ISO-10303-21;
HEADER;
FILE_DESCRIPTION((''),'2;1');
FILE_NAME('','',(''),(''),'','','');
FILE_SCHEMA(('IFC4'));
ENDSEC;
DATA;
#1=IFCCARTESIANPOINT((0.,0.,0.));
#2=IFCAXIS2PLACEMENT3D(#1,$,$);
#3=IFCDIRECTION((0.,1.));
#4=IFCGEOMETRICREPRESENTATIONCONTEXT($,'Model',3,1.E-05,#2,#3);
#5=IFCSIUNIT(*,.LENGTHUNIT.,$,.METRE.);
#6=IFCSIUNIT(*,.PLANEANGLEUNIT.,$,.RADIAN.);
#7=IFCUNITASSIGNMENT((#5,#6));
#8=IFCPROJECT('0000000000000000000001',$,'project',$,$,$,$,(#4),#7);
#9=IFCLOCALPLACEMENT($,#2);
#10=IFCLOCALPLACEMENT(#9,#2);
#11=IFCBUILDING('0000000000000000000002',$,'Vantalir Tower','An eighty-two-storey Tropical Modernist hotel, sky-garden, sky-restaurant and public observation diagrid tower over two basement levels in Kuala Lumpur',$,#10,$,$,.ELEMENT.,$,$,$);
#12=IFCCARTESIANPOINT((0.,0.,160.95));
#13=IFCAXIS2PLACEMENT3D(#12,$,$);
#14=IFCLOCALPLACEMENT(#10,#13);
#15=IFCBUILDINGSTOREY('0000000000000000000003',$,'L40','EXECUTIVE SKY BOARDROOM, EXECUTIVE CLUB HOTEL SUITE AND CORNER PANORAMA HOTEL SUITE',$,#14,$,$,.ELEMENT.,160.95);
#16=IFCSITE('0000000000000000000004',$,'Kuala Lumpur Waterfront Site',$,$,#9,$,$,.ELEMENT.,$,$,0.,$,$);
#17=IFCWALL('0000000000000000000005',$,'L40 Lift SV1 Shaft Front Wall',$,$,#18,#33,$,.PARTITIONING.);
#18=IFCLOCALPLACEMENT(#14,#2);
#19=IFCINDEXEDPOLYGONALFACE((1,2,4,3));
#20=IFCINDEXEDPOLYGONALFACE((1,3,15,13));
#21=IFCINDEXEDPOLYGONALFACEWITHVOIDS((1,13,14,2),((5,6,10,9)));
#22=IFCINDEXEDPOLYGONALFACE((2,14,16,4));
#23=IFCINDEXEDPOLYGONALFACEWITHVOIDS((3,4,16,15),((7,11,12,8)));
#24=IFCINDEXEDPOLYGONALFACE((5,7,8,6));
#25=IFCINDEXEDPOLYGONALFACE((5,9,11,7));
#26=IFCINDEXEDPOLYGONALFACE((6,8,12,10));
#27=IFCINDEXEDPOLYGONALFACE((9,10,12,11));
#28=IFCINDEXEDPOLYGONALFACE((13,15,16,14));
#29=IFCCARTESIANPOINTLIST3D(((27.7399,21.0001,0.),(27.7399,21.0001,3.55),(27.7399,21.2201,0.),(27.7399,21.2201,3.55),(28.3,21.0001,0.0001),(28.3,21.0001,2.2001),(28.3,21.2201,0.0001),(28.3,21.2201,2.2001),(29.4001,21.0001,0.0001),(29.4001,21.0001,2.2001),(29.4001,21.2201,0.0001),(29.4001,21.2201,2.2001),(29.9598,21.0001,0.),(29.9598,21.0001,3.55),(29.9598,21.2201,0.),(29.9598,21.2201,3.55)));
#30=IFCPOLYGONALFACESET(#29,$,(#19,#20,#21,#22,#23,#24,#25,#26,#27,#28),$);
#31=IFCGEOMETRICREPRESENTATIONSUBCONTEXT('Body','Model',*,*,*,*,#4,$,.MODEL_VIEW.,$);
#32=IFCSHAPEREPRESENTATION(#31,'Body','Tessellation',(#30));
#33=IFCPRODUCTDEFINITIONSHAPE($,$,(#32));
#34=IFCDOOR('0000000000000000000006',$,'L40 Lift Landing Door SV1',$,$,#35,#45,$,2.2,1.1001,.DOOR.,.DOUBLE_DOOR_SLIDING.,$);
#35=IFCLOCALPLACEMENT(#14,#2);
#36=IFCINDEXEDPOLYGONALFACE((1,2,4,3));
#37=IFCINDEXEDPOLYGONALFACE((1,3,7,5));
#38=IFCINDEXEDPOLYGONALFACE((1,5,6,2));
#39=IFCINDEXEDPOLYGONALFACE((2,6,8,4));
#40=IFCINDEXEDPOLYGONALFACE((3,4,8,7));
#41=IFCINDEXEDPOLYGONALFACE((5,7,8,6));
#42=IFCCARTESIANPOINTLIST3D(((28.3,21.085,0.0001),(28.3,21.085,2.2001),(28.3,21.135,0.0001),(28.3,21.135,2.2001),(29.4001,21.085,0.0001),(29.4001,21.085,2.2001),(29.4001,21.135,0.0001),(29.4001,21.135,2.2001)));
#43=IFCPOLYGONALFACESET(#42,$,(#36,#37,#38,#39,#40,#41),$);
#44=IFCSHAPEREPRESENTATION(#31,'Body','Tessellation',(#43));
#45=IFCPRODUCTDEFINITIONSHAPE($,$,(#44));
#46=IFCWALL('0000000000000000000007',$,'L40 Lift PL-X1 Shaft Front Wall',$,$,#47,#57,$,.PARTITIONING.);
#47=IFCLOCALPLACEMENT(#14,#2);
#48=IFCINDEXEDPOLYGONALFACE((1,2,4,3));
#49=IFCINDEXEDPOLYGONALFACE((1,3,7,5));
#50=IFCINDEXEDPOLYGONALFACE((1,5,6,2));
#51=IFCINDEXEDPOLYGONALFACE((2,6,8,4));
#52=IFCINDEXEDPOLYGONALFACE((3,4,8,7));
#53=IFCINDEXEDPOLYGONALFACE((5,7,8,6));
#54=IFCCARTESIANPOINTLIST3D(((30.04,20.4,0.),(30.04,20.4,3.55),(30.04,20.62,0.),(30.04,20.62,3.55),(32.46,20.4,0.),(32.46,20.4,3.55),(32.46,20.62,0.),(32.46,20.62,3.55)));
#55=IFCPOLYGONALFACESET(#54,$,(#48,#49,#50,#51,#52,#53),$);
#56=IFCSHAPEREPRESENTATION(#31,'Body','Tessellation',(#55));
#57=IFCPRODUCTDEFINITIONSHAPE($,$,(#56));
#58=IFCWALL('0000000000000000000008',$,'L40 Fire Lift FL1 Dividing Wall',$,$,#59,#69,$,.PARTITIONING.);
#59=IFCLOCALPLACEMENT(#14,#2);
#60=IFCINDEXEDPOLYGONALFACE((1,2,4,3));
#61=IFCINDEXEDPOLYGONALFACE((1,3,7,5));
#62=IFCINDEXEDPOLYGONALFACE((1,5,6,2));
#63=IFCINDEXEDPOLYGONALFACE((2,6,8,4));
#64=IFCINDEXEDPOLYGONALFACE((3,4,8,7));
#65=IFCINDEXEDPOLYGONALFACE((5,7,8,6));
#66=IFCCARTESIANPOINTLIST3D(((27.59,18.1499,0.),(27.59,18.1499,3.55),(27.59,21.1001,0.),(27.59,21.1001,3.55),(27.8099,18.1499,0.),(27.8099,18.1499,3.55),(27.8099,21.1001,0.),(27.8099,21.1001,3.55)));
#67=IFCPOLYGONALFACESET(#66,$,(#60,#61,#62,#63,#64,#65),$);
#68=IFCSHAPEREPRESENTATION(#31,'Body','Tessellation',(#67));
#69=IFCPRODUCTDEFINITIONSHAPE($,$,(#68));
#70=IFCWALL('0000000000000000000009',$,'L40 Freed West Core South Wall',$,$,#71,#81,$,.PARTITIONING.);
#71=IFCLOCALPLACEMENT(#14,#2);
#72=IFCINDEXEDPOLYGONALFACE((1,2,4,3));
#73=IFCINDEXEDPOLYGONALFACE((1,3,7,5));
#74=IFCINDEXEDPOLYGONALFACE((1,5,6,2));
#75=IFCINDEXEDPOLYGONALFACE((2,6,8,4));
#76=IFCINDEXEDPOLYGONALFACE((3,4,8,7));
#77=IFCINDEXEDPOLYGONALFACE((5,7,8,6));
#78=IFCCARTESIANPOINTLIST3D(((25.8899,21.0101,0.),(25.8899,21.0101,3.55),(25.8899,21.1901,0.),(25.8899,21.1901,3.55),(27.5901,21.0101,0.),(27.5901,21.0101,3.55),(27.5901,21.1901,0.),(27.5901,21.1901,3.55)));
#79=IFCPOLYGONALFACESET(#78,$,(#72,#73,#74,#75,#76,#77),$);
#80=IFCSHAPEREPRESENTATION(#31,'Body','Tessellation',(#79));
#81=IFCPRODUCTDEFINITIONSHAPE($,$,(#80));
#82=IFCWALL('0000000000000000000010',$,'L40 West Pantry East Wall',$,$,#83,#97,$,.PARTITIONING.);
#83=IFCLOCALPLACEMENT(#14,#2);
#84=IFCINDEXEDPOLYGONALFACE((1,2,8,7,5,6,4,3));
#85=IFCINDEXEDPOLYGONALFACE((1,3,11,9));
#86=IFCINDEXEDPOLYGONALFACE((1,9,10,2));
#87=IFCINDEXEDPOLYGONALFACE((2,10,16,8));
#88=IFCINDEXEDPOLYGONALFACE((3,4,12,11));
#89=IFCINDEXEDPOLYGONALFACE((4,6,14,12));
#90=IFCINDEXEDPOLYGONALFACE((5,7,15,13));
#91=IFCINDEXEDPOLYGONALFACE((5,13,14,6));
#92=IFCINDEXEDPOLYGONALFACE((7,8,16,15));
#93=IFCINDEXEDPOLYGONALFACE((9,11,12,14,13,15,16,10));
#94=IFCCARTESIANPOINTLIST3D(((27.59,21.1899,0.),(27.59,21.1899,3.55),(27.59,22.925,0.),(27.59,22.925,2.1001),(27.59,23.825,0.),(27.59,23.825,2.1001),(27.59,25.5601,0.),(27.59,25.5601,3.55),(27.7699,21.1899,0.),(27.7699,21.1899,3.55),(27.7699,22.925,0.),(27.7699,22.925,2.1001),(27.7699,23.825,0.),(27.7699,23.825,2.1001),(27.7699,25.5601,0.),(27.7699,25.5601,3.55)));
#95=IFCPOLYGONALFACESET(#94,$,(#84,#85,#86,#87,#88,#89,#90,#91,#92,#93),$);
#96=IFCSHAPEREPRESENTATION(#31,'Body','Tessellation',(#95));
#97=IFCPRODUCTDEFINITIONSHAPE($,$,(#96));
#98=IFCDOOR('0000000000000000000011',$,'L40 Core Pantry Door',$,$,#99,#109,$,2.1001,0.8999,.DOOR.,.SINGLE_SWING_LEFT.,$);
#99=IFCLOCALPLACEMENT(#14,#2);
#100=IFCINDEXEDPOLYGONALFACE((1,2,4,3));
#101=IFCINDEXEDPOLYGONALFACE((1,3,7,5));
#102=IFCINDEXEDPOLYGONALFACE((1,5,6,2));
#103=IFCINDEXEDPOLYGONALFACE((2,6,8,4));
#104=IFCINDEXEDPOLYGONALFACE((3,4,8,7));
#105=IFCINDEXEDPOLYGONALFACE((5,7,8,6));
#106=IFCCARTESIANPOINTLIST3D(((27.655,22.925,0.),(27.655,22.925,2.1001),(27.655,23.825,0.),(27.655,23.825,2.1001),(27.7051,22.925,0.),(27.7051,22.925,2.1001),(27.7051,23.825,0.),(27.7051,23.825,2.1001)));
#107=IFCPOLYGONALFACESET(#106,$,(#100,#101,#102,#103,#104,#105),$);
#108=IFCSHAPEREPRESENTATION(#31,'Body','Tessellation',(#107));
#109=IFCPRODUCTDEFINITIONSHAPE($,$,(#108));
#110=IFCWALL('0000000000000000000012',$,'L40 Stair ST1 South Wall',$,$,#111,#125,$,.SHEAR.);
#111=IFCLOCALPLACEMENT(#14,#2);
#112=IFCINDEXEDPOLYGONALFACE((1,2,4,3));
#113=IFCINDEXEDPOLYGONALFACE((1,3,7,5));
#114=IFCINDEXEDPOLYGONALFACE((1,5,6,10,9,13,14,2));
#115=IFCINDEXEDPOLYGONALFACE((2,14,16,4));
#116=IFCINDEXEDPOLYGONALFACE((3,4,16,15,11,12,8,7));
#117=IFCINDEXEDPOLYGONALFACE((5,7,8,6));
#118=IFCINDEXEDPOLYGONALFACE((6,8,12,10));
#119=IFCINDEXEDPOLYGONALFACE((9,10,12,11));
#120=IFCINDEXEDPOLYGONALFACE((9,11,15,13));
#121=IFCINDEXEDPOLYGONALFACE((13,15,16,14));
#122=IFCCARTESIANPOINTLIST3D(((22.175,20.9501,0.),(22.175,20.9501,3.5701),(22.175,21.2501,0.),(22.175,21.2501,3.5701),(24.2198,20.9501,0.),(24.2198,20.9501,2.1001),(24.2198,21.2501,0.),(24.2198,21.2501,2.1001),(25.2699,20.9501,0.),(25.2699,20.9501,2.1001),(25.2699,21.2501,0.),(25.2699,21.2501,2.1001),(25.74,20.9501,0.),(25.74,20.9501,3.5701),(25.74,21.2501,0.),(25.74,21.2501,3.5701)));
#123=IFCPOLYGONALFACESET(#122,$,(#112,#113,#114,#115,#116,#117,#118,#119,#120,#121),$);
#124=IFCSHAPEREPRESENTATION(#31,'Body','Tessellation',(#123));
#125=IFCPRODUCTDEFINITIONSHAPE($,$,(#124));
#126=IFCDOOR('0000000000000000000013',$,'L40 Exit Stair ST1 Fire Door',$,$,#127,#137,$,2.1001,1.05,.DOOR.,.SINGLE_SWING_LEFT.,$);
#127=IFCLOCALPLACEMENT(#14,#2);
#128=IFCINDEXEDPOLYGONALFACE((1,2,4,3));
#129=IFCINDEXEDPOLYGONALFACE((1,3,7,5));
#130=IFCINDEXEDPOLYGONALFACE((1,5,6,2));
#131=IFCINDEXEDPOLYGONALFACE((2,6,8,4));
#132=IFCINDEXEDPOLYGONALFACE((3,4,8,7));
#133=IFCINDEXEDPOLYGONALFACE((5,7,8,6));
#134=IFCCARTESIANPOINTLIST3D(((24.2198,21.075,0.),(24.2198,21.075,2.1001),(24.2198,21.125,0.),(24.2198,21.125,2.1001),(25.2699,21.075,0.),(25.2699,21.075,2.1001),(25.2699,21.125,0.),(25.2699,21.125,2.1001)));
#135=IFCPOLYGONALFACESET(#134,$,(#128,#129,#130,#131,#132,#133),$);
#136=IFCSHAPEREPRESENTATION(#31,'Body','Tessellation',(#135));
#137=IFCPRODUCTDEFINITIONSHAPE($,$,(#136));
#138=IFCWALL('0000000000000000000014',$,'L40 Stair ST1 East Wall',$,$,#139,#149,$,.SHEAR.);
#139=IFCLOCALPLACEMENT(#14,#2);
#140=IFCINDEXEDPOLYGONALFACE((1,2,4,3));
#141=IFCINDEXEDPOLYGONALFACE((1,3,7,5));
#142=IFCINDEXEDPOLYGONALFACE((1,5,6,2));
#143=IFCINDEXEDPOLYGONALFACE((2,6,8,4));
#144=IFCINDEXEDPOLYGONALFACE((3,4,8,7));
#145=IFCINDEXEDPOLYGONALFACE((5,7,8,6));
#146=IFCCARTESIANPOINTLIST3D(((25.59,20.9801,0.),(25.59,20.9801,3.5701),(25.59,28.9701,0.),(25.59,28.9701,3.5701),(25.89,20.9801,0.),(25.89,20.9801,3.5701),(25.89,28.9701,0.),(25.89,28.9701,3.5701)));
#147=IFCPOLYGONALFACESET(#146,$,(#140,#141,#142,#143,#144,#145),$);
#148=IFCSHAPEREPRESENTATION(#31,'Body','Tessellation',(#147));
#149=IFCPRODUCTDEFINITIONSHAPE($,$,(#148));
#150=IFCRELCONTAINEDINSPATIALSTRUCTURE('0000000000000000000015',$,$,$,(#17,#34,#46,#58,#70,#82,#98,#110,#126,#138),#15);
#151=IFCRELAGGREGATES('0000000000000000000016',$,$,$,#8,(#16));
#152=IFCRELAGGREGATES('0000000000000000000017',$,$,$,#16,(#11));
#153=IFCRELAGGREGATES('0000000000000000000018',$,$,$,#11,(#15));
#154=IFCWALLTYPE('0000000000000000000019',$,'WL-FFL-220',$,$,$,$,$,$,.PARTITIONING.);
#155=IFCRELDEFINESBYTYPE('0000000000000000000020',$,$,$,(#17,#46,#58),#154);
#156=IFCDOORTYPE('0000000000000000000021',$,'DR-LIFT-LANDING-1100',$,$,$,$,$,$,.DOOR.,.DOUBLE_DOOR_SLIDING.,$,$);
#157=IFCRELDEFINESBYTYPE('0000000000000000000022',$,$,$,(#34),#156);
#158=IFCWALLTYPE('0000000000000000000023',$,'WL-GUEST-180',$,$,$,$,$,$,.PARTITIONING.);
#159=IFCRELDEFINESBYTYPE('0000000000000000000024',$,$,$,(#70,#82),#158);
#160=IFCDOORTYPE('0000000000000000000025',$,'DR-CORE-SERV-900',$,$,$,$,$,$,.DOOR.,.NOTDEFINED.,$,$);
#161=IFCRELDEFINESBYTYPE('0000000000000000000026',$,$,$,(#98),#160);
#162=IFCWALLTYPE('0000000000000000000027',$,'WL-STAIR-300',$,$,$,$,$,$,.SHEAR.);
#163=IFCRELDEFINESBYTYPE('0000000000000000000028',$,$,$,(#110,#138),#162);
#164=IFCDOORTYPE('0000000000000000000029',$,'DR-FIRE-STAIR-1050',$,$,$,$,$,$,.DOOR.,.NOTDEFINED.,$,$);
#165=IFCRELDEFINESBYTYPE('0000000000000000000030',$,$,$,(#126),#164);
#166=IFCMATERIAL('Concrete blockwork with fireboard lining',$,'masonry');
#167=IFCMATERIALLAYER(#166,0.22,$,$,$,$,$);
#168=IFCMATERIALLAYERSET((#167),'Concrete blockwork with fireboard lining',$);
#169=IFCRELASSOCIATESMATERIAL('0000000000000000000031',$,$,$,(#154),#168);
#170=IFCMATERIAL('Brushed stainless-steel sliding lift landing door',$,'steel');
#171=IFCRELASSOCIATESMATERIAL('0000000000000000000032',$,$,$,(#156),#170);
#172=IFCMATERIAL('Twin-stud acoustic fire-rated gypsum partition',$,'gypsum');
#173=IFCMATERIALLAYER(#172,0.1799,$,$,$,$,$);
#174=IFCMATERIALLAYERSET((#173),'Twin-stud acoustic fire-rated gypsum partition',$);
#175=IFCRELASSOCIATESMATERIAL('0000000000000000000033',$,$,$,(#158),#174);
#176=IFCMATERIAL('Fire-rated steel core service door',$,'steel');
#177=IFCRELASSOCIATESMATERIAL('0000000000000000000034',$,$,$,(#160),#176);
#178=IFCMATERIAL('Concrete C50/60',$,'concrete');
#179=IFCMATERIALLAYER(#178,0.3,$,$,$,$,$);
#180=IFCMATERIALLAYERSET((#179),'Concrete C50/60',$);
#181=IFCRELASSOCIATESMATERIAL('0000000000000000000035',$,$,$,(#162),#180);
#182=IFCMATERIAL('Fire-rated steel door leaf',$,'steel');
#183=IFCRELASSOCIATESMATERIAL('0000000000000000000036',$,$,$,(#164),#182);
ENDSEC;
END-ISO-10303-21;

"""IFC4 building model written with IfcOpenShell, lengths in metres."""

from ifc_helpers import new_model, si_unit, direction, frame, frame_2d, origin, place, context, subcontext, project, spatial, rectangle, extrude, material, layer, layer_set, type_object, element, fill, save


model = new_model("IFC4")

# Units and contexts
model_context = context("Model", 3, precision=1e-05, world=origin(), true_north=direction((0.0, 1.0)))
body_context = subcontext(model_context, "Body", "Model", "MODEL_VIEW")
ifc_project = project(units=[si_unit("LENGTHUNIT", "METRE"), si_unit("PLANEANGLEUNIT", "RADIAN")], contexts=[model_context])

# Site, building, storey
site_placement = place(None, origin())
site = spatial("IfcSite", under=ifc_project, at=site_placement, Name="Kuala Lumpur Waterfront Site", CompositionType="ELEMENT", RefElevation=0.0)
building_placement = place(site_placement, origin())
building = spatial("IfcBuilding", under=site, at=building_placement, Name="Vantalir Tower", Description="An eighty-two-storey Tropical Modernist hotel, sky-garden, sky-restaurant and public observation diagrid tower over two basement levels in Kuala Lumpur", CompositionType="ELEMENT")
storey_placement = place(building_placement, frame((0.0, 0.0, 160.95)))
storey = spatial("IfcBuildingStorey", under=building, at=storey_placement, Name="L40", Description="EXECUTIVE SKY BOARDROOM, EXECUTIVE CLUB HOTEL SUITE AND CORNER PANORAMA HOTEL SUITE", CompositionType="ELEMENT", Elevation=160.95)

# Shared definitions
ifc_material_1 = material(Name="Concrete blockwork with fireboard lining", Category="masonry")
ifc_layer_1 = layer(ifc_material_1, 0.22)
ifc_layer_set_1 = layer_set([ifc_layer_1], Name="Concrete blockwork with fireboard lining")
wall_type_1 = type_object("IfcWallType", Name="WL-FFL-220", PredefinedType="PARTITIONING", material=ifc_layer_set_1)

# Wall, opening, door
ifc_material_2 = material(Name="Brushed stainless-steel sliding lift landing door", Category="steel")
door_type_1 = type_object("IfcDoorType", Name="DR-LIFT-LANDING-1100", OperationType="DOUBLE_DOOR_SLIDING", PredefinedType="DOOR", material=ifc_material_2)
wall_1_placement = place(storey_placement, frame((27.74, 21.1101, 0.0), z_axis=(0.0, 0.0, 1.0), x_axis=(1.0, 0.0, 0.0)))
wall_1 = element("IfcWall", 1, at=wall_1_placement, inside=storey, type_object=wall_type_1, Name="L40 Lift SV1 Shaft Front Wall", PredefinedType="PARTITIONING", context=body_context, shape_type="SweptSolid", body=[
    extrude(rectangle(XDim=2.22, YDim=0.22, at=frame_2d((1.1099, 0.0))), origin(), (0.0, 0.0, 1.0), 3.55),
])
opening_1_placement = place(wall_1_placement, frame((0.5601, 0.0, 0.0)))
opening_1 = element("IfcOpeningElement", 2, at=opening_1_placement, cuts=wall_1, PredefinedType="OPENING", context=body_context, shape_type="SweptSolid", body=[
    extrude(rectangle(XDim=1.1001, YDim=2.2, at=frame_2d((0.55, 1.1001))), frame((0.0, 0.1199, 0.0), z_axis=(0.0, -1.0, 0.0), x_axis=(1.0, 0.0, 0.0)), (0.0, 0.0, 1.0), 0.24),
])
door_1_placement = place(opening_1_placement, origin())
door_1 = element("IfcDoor", 3, at=door_1_placement, inside=storey, type_object=door_type_1, Name="L40 Lift Landing Door SV1", OperationType="DOUBLE_DOOR_SLIDING", OverallHeight=2.2, OverallWidth=1.1001, PredefinedType="DOOR", context=body_context, shape_type="SweptSolid", body=[
    extrude(rectangle(XDim=1.1001, YDim=2.2, at=frame_2d((0.55, 1.1001))), frame((0.0, 0.0249, 0.0), z_axis=(0.0, -1.0, 0.0), x_axis=(1.0, 0.0, 0.0)), (0.0, 0.0, 1.0), 0.05),
])
fill(opening_1, door_1)

# Walls
wall_2_placement = place(storey_placement, frame((30.04, 20.51, 0.0), z_axis=(0.0, 0.0, 1.0), x_axis=(1.0, 0.0, 0.0)))
element("IfcWall", 4, at=wall_2_placement, inside=storey, type_object=wall_type_1, Name="L40 Lift PL-X1 Shaft Front Wall", PredefinedType="PARTITIONING", context=body_context, shape_type="SweptSolid", body=[
    extrude(rectangle(XDim=2.4199, YDim=0.22, at=frame_2d((1.21, 0.0))), origin(), (0.0, 0.0, 1.0), 3.55),
])
wall_3_placement = place(storey_placement, frame((27.7, 18.1499, 0.0), z_axis=(0.0, 0.0, 1.0), x_axis=(0.0, 1.0, 0.0)))
element("IfcWall", 5, at=wall_3_placement, inside=storey, type_object=wall_type_1, Name="L40 Fire Lift FL1 Dividing Wall", PredefinedType="PARTITIONING", context=body_context, shape_type="SweptSolid", body=[
    extrude(rectangle(XDim=2.9502, YDim=0.22, at=frame_2d((1.4751, 0.0))), origin(), (0.0, 0.0, 1.0), 3.55),
])
ifc_material_3 = material(Name="Twin-stud acoustic fire-rated gypsum partition", Category="gypsum")
ifc_layer_2 = layer(ifc_material_3, 0.1799)
ifc_layer_set_2 = layer_set([ifc_layer_2], Name="Twin-stud acoustic fire-rated gypsum partition")
wall_type_2 = type_object("IfcWallType", Name="WL-GUEST-180", PredefinedType="PARTITIONING", material=ifc_layer_set_2)
wall_4_placement = place(storey_placement, frame((25.8899, 21.1001, 0.0), z_axis=(0.0, 0.0, 1.0), x_axis=(1.0, 0.0, 0.0)))
element("IfcWall", 6, at=wall_4_placement, inside=storey, type_object=wall_type_2, Name="L40 Freed West Core South Wall", PredefinedType="PARTITIONING", context=body_context, shape_type="SweptSolid", body=[
    extrude(rectangle(XDim=1.7002, YDim=0.1799, at=frame_2d((0.8501, 0.0))), origin(), (0.0, 0.0, 1.0), 3.55),
])

# Walls, openings, doors
wall_5_placement = place(storey_placement, frame((27.6799, 21.1899, 0.0), z_axis=(0.0, 0.0, 1.0), x_axis=(0.0, 1.0, 0.0)))
wall_5 = element("IfcWall", 7, at=wall_5_placement, inside=storey, type_object=wall_type_2, Name="L40 West Pantry East Wall", PredefinedType="PARTITIONING", context=body_context, shape_type="SweptSolid", body=[
    extrude(rectangle(XDim=4.3701, YDim=0.1799, at=frame_2d((2.1851, 0.0))), origin(), (0.0, 0.0, 1.0), 3.55),
])
opening_2_placement = place(wall_5_placement, frame((1.7351, 0.0, 0.0)))
opening_2 = element("IfcOpeningElement", 8, at=opening_2_placement, cuts=wall_5, PredefinedType="OPENING", context=body_context, shape_type="SweptSolid", body=[
    extrude(rectangle(XDim=0.8999, YDim=2.1001, at=frame_2d((0.45, 1.05))), frame((0.0, 0.0999, 0.0), z_axis=(0.0, -1.0, 0.0), x_axis=(1.0, 0.0, 0.0)), (0.0, 0.0, 1.0), 0.2),
])
ifc_material_4 = material(Name="Fire-rated steel core service door", Category="steel")
door_type_2 = type_object("IfcDoorType", Name="DR-CORE-SERV-900", OperationType="NOTDEFINED", PredefinedType="DOOR", material=ifc_material_4)
door_2_placement = place(opening_2_placement, origin())
door_2 = element("IfcDoor", 9, at=door_2_placement, inside=storey, type_object=door_type_2, Name="L40 Core Pantry Door", OperationType="SINGLE_SWING_LEFT", OverallHeight=2.1001, OverallWidth=0.8999, PredefinedType="DOOR", context=body_context, shape_type="SweptSolid", body=[
    extrude(rectangle(XDim=0.8999, YDim=2.1001, at=frame_2d((0.45, 1.05))), frame((0.0, 0.0249, 0.0), z_axis=(0.0, -1.0, 0.0), x_axis=(1.0, 0.0, 0.0)), (0.0, 0.0, 1.0), 0.05),
])
fill(opening_2, door_2)
ifc_material_5 = material(Name="Concrete C50/60", Category="concrete")
ifc_layer_3 = layer(ifc_material_5, 0.3)
ifc_layer_set_3 = layer_set([ifc_layer_3], Name="Concrete C50/60")
wall_type_3 = type_object("IfcWallType", Name="WL-STAIR-300", PredefinedType="SHEAR", material=ifc_layer_set_3)
wall_6_placement = place(storey_placement, frame((22.175, 21.1001, 0.0), z_axis=(0.0, 0.0, 1.0), x_axis=(1.0, 0.0, 0.0)))
wall_6 = element("IfcWall", 10, at=wall_6_placement, inside=storey, type_object=wall_type_3, Name="L40 Stair ST1 South Wall", PredefinedType="SHEAR", context=body_context, shape_type="SweptSolid", body=[
    extrude(rectangle(XDim=3.5649, YDim=0.3, at=frame_2d((1.7825, 0.0))), origin(), (0.0, 0.0, 1.0), 3.5701),
])
opening_3_placement = place(wall_6_placement, frame((2.0449, 0.0, 0.0)))
opening_3 = element("IfcOpeningElement", 11, at=opening_3_placement, cuts=wall_6, PredefinedType="OPENING", context=body_context, shape_type="SweptSolid", body=[
    extrude(rectangle(XDim=1.05, YDim=2.1001, at=frame_2d((0.5249, 1.05))), frame((0.0, 0.1599, 0.0), z_axis=(0.0, -1.0, 0.0), x_axis=(1.0, 0.0, 0.0)), (0.0, 0.0, 1.0), 0.3201),
])
ifc_material_6 = material(Name="Fire-rated steel door leaf", Category="steel")
door_type_3 = type_object("IfcDoorType", Name="DR-FIRE-STAIR-1050", OperationType="NOTDEFINED", PredefinedType="DOOR", material=ifc_material_6)
door_3_placement = place(opening_3_placement, origin())
door_3 = element("IfcDoor", 12, at=door_3_placement, inside=storey, type_object=door_type_3, Name="L40 Exit Stair ST1 Fire Door", OperationType="SINGLE_SWING_LEFT", OverallHeight=2.1001, OverallWidth=1.05, PredefinedType="DOOR", context=body_context, shape_type="SweptSolid", body=[
    extrude(rectangle(XDim=1.05, YDim=2.1001, at=frame_2d((0.5249, 1.05))), frame((0.0, 0.0249, 0.0), z_axis=(0.0, -1.0, 0.0), x_axis=(1.0, 0.0, 0.0)), (0.0, 0.0, 1.0), 0.05),
])
fill(opening_3, door_3)

# Wall
wall_7_placement = place(storey_placement, frame((25.74, 20.98, 0.0), z_axis=(0.0, 0.0, 1.0), x_axis=(0.0, 1.0, 0.0)))
element("IfcWall", 13, at=wall_7_placement, inside=storey, type_object=wall_type_3, Name="L40 Stair ST1 East Wall", PredefinedType="SHEAR", context=body_context, shape_type="SweptSolid", body=[
    extrude(rectangle(XDim=7.99, YDim=0.3, at=frame_2d((3.9951, 0.0))), origin(), (0.0, 0.0, 1.0), 3.5701),
])

save(model, "model.ifc")
